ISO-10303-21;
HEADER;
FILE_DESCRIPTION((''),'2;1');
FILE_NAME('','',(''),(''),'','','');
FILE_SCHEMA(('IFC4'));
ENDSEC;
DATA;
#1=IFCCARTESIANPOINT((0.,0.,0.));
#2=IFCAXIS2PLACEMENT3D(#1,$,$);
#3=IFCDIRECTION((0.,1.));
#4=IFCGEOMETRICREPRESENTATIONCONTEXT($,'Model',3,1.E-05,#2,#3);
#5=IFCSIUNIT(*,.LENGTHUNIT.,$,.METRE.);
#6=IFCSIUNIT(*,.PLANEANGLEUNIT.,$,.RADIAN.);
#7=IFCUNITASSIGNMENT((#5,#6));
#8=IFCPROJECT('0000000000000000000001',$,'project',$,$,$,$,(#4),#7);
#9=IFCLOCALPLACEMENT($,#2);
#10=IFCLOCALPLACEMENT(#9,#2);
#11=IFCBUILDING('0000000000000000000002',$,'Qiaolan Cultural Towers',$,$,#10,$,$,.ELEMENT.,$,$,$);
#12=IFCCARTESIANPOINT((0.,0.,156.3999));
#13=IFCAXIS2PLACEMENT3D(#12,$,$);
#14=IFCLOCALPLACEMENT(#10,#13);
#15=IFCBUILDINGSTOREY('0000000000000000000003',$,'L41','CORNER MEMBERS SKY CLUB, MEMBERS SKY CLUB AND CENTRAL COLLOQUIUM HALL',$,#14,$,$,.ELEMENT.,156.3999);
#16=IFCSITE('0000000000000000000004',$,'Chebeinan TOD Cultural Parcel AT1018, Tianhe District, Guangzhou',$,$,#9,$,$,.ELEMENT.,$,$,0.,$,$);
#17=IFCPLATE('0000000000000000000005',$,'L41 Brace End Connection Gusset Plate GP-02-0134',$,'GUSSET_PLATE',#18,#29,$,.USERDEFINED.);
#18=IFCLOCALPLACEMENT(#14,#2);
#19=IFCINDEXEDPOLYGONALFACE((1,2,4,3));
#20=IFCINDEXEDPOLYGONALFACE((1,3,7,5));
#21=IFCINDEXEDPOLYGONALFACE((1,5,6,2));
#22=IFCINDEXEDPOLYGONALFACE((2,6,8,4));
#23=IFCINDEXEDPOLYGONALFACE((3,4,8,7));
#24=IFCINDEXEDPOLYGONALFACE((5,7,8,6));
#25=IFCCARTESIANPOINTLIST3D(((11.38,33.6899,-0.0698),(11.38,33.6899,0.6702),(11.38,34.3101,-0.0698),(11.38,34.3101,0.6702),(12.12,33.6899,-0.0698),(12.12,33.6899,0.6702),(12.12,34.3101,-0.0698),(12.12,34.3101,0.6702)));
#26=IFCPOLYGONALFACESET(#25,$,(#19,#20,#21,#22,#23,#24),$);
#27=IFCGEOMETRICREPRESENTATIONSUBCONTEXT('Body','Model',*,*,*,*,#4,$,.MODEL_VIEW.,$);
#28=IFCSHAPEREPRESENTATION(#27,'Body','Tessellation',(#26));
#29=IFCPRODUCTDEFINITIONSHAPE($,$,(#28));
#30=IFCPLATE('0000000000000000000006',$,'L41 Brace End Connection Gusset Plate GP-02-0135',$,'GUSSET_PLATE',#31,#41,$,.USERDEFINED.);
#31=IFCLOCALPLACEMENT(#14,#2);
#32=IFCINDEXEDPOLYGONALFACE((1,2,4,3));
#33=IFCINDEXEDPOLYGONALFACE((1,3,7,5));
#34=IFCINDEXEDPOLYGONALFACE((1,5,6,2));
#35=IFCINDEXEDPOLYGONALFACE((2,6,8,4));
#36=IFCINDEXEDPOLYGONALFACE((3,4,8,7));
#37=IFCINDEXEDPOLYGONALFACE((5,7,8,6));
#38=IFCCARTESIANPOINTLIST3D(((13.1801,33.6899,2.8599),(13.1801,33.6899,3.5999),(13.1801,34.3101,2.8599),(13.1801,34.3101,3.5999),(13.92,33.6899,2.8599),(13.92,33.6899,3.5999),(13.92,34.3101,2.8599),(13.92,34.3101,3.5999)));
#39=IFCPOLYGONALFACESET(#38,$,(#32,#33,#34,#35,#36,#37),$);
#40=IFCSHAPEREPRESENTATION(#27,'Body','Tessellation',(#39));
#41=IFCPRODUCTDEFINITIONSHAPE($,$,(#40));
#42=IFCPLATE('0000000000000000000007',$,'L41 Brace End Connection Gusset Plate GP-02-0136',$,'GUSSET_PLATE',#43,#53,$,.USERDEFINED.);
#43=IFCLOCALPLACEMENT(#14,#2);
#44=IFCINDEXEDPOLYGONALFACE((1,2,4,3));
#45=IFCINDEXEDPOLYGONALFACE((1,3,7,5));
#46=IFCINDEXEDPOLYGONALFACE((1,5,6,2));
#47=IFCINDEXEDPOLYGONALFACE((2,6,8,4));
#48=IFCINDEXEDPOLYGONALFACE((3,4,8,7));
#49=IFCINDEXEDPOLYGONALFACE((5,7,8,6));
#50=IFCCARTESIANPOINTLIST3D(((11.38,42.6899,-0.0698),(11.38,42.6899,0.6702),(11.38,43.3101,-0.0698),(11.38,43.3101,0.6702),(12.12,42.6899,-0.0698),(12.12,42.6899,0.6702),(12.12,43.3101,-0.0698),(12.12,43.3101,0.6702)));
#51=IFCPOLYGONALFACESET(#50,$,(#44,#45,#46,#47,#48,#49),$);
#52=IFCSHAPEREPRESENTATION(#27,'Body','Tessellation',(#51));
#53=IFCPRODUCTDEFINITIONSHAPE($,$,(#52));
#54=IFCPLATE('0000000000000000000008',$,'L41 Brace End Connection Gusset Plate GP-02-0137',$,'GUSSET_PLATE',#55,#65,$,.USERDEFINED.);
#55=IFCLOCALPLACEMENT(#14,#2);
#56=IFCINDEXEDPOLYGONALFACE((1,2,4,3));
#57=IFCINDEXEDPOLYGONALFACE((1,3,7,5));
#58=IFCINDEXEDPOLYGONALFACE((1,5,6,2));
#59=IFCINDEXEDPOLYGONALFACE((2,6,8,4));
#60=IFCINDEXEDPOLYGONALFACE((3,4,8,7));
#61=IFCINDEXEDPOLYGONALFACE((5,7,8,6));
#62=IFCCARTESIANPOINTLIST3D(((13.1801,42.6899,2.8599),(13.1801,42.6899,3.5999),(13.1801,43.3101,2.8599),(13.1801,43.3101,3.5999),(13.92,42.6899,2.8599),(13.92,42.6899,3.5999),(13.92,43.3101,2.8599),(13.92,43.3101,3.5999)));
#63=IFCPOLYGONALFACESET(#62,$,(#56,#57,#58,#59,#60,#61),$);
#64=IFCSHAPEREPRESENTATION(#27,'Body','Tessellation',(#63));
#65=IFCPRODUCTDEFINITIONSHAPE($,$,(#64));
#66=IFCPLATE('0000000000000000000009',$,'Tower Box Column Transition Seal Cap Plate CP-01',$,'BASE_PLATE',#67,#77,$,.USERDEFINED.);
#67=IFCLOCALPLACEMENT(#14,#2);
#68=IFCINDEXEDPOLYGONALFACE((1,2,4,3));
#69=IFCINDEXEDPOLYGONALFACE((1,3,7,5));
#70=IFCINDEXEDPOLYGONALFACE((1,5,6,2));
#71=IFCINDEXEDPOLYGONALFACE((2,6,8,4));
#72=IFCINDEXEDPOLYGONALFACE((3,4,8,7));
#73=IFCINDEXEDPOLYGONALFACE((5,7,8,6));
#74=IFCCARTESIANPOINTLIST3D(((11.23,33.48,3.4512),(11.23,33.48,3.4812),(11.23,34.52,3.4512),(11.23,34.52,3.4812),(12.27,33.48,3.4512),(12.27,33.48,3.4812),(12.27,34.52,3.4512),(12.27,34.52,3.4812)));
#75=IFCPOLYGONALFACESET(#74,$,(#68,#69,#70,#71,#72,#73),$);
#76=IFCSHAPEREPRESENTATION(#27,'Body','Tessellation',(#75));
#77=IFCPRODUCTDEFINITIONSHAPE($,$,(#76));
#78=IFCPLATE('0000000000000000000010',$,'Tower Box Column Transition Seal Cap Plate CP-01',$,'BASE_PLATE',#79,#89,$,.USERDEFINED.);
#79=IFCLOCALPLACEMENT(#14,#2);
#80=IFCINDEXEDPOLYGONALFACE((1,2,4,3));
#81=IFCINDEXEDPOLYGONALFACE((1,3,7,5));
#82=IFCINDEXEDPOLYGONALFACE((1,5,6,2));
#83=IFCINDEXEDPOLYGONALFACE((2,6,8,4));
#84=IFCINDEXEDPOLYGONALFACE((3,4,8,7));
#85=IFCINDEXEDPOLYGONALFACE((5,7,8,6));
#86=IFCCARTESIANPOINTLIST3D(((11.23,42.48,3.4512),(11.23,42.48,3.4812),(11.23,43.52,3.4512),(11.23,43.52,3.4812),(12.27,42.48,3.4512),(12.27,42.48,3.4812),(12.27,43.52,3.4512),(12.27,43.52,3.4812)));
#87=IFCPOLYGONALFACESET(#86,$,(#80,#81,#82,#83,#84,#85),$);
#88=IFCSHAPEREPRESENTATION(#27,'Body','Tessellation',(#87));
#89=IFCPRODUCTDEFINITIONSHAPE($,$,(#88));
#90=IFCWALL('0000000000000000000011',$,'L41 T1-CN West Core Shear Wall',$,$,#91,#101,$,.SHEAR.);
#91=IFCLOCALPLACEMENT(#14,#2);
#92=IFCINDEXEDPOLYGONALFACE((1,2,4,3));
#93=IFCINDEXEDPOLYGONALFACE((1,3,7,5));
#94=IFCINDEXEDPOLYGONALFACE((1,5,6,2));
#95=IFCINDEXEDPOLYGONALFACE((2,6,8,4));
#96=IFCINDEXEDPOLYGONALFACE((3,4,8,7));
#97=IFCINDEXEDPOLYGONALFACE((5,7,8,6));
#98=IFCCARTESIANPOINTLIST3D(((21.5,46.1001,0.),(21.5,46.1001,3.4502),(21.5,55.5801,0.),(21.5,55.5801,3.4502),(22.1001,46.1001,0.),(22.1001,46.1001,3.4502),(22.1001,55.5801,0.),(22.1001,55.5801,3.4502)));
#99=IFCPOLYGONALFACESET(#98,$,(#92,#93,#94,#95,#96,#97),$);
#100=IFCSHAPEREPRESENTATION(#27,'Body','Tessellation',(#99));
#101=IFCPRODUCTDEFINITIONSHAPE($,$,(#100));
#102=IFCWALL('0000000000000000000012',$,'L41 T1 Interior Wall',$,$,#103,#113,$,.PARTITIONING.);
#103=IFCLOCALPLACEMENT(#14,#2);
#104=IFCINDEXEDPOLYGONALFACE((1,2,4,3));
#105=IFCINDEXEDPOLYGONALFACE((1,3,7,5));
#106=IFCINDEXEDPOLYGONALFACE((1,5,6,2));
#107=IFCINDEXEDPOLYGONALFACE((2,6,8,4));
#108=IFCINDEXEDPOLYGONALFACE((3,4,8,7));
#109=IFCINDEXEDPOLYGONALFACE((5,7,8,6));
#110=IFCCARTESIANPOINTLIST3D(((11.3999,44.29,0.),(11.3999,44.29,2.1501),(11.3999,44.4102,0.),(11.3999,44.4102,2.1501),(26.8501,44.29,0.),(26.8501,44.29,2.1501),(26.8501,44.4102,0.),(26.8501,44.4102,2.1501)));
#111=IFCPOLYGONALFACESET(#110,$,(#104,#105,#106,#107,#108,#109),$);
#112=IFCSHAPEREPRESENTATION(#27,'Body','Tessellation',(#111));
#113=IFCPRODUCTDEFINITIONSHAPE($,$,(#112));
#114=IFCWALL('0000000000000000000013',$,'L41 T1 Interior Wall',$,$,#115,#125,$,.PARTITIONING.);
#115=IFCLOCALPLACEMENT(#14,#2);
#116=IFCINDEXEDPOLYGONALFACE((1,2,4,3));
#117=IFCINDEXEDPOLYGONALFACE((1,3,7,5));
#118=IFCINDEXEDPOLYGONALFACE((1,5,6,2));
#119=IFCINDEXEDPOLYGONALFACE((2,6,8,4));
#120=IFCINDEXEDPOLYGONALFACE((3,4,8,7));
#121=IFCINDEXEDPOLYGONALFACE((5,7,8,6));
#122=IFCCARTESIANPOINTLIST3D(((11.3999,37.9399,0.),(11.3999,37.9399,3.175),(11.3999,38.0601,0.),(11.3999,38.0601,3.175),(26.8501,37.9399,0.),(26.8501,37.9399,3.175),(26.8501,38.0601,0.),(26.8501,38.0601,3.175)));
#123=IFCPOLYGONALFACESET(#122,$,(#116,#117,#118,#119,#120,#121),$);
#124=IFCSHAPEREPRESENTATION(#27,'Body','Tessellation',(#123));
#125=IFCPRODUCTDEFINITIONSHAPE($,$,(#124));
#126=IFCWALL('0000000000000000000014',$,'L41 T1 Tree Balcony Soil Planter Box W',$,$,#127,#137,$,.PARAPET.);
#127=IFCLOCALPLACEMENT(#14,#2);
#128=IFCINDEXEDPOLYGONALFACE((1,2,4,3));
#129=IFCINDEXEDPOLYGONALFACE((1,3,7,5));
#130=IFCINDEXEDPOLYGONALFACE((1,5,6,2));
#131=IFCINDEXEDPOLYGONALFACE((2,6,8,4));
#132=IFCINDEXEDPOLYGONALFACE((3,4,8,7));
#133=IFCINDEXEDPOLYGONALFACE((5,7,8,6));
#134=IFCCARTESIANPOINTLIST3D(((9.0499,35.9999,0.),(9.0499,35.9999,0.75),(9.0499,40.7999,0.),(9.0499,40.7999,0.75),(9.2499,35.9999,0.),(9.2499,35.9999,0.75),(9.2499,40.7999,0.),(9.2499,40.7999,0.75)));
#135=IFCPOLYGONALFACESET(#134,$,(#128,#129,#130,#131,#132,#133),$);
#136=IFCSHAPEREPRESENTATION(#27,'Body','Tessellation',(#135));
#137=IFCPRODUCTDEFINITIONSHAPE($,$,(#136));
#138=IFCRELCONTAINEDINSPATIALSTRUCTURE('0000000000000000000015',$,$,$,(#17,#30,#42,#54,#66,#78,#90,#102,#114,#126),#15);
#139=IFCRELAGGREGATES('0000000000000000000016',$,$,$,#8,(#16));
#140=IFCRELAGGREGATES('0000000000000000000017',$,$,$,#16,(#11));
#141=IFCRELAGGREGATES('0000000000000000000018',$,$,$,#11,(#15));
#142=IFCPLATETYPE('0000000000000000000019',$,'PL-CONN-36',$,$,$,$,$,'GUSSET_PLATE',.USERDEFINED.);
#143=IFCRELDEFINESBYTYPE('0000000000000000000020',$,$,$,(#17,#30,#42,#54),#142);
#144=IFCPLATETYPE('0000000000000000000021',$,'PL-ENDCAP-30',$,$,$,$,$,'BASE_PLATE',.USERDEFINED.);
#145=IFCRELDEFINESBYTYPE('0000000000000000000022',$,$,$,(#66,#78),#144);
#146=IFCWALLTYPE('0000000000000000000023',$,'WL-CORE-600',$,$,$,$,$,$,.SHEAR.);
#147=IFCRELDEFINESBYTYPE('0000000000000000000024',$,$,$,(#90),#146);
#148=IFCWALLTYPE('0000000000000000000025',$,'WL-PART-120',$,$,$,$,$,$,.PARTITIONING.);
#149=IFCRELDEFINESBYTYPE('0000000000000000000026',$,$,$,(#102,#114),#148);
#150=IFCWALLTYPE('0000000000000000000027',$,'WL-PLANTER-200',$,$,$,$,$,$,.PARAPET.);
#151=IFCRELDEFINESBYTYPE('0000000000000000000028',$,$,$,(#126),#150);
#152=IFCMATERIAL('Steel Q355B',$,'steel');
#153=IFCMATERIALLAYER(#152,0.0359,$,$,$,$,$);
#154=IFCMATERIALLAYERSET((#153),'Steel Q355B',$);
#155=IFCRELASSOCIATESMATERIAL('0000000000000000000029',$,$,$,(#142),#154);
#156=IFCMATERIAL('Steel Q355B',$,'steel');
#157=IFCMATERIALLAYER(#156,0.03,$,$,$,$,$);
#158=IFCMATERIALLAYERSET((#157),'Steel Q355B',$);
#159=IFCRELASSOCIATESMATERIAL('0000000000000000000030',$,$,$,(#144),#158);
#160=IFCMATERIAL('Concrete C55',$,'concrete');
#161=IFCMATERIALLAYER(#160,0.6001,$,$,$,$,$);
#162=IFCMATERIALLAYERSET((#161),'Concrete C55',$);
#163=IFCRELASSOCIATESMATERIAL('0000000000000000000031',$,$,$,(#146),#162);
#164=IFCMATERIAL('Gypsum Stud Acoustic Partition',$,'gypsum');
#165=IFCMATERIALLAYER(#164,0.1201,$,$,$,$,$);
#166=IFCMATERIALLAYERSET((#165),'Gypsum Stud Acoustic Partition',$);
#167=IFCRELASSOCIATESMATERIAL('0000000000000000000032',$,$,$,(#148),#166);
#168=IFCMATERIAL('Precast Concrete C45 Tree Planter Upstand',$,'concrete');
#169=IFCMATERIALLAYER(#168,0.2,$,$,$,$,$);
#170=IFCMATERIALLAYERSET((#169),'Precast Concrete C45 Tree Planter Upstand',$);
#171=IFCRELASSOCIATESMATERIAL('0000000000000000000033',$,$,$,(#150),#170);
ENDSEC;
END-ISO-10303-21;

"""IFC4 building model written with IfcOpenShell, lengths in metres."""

from ifc_helpers import new_model, si_unit, direction, frame, frame_2d, origin, origin_2d, place, context, subcontext, project, spatial, rectangle, extrude, material, layer, layer_set, type_object, element, save


model = new_model("IFC4")

# Units and contexts
model_context = context("Model", 3, precision=1e-05, world=origin(), true_north=direction((0.0, 1.0)))
body_context = subcontext(model_context, "Body", "Model", "MODEL_VIEW")
ifc_project = project(units=[si_unit("LENGTHUNIT", "METRE"), si_unit("PLANEANGLEUNIT", "RADIAN")], contexts=[model_context])

# Site, building, storey
site_placement = place(None, origin())
site = spatial("IfcSite", under=ifc_project, at=site_placement, Name="Chebeinan TOD Cultural Parcel AT1018, Tianhe District, Guangzhou", CompositionType="ELEMENT", RefElevation=0.0)
building_placement = place(site_placement, origin())
building = spatial("IfcBuilding", under=site, at=building_placement, Name="Qiaolan Cultural Towers", CompositionType="ELEMENT")
storey_placement = place(building_placement, frame((0.0, 0.0, 156.3999)))
storey = spatial("IfcBuildingStorey", under=building, at=storey_placement, Name="L41", Description="CORNER MEMBERS SKY CLUB, MEMBERS SKY CLUB AND CENTRAL COLLOQUIUM HALL", CompositionType="ELEMENT", Elevation=156.3999)

# Plates
ifc_material_1 = material(Name="Steel Q355B", Category="steel")
ifc_layer_1 = layer(ifc_material_1, 0.0359)
ifc_layer_set_1 = layer_set([ifc_layer_1], Name="Steel Q355B")
plate_type_1 = type_object("IfcPlateType", Name="PL-CONN-36", ElementType="GUSSET_PLATE", PredefinedType="USERDEFINED", material=ifc_layer_set_1)
for number, where, z_axis, x_axis, name in (
    (1, (11.75, 34.0, -0.0698), (0.0, 0.0, 1.0), (1.0, 0.0, 0.0), "L41 Brace End Connection Gusset Plate GP-02-0134"),
    (2, (13.55, 34.0, 2.8599), (0.0, 0.0, 1.0), (1.0, 0.0, 0.0), "L41 Brace End Connection Gusset Plate GP-02-0135"),
    (3, (11.75, 43.0, -0.0698), (0.0, 0.0, 1.0), (1.0, 0.0, 0.0), "L41 Brace End Connection Gusset Plate GP-02-0136"),
    (4, (13.55, 43.0, 2.8599), (0.0, 0.0, 1.0), (1.0, 0.0, 0.0), "L41 Brace End Connection Gusset Plate GP-02-0137"),
):
    element("IfcPlate", number, at=place(storey_placement, frame(where, z_axis=z_axis, x_axis=x_axis)), inside=storey, type_object=plate_type_1, Name=name, ObjectType="GUSSET_PLATE", PredefinedType="USERDEFINED", context=body_context, shape_type="SweptSolid", body=[
        extrude(rectangle(XDim=0.74, YDim=0.6201, at=origin_2d()), origin(), (0.0, 0.0, 1.0), 0.74),
    ])
ifc_material_2 = material(Name="Steel Q355B", Category="steel")
ifc_layer_2 = layer(ifc_material_2, 0.03)
ifc_layer_set_2 = layer_set([ifc_layer_2], Name="Steel Q355B")
plate_type_2 = type_object("IfcPlateType", Name="PL-ENDCAP-30", ElementType="BASE_PLATE", PredefinedType="USERDEFINED", material=ifc_layer_set_2)
for number, where, z_axis, x_axis, name in (
    (5, (11.75, 34.0, 3.4512), (0.0, 0.0, 1.0), (1.0, 0.0, 0.0), "Tower Box Column Transition Seal Cap Plate CP-01"),
    (6, (11.75, 43.0, 3.4512), (0.0, 0.0, 1.0), (1.0, 0.0, 0.0), "Tower Box Column Transition Seal Cap Plate CP-01"),
):
    element("IfcPlate", number, at=place(storey_placement, frame(where, z_axis=z_axis, x_axis=x_axis)), inside=storey, type_object=plate_type_2, Name=name, ObjectType="BASE_PLATE", PredefinedType="USERDEFINED", context=body_context, shape_type="SweptSolid", body=[
        extrude(rectangle(XDim=1.04, YDim=1.04, at=origin_2d()), origin(), (0.0, 0.0, 1.0), 0.03),
    ])

# Walls
ifc_material_3 = material(Name="Concrete C55", Category="concrete")
ifc_layer_3 = layer(ifc_material_3, 0.6001)
ifc_layer_set_3 = layer_set([ifc_layer_3], Name="Concrete C55")
wall_type_1 = type_object("IfcWallType", Name="WL-CORE-600", PredefinedType="SHEAR", material=ifc_layer_set_3)
wall_1_placement = place(storey_placement, frame((21.8, 46.1001, 0.0), z_axis=(0.0, 0.0, 1.0), x_axis=(0.0, 1.0, 0.0)))
element("IfcWall", 7, at=wall_1_placement, inside=storey, type_object=wall_type_1, Name="L41 T1-CN West Core Shear Wall", PredefinedType="SHEAR", context=body_context, shape_type="SweptSolid", body=[
    extrude(rectangle(XDim=9.48, YDim=0.6001, at=frame_2d((4.74, 0.0))), origin(), (0.0, 0.0, 1.0), 3.4502),
])
ifc_material_4 = material(Name="Gypsum Stud Acoustic Partition", Category="gypsum")
ifc_layer_4 = layer(ifc_material_4, 0.1201)
ifc_layer_set_4 = layer_set([ifc_layer_4], Name="Gypsum Stud Acoustic Partition")
wall_type_2 = type_object("IfcWallType", Name="WL-PART-120", PredefinedType="PARTITIONING", material=ifc_layer_set_4)
wall_2_placement = place(storey_placement, frame((11.3999, 44.3501, 0.0), z_axis=(0.0, 0.0, 1.0), x_axis=(1.0, 0.0, 0.0)))
element("IfcWall", 8, at=wall_2_placement, inside=storey, type_object=wall_type_2, Name="L41 T1 Interior Wall", PredefinedType="PARTITIONING", context=body_context, shape_type="SweptSolid", body=[
    extrude(rectangle(XDim=15.4502, YDim=0.1201, at=frame_2d((7.7251, 0.0))), origin(), (0.0, 0.0, 1.0), 2.1501),
])
wall_3_placement = place(storey_placement, frame((11.3999, 38.0, 0.0), z_axis=(0.0, 0.0, 1.0), x_axis=(1.0, 0.0, 0.0)))
element("IfcWall", 9, at=wall_3_placement, inside=storey, type_object=wall_type_2, Name="L41 T1 Interior Wall", PredefinedType="PARTITIONING", context=body_context, shape_type="SweptSolid", body=[
    extrude(rectangle(XDim=15.4502, YDim=0.1201, at=frame_2d((7.7251, 0.0))), origin(), (0.0, 0.0, 1.0), 3.175),
])
ifc_material_5 = material(Name="Precast Concrete C45 Tree Planter Upstand", Category="concrete")
ifc_layer_5 = layer(ifc_material_5, 0.2)
ifc_layer_set_5 = layer_set([ifc_layer_5], Name="Precast Concrete C45 Tree Planter Upstand")
wall_type_3 = type_object("IfcWallType", Name="WL-PLANTER-200", PredefinedType="PARAPET", material=ifc_layer_set_5)
wall_4_placement = place(storey_placement, frame((9.1499, 36.0, 0.0), z_axis=(0.0, 0.0, 1.0), x_axis=(0.0, 1.0, 0.0)))
element("IfcWall", 10, at=wall_4_placement, inside=storey, type_object=wall_type_3, Name="L41 T1 Tree Balcony Soil Planter Box W", PredefinedType="PARAPET", context=body_context, shape_type="SweptSolid", body=[
    extrude(rectangle(XDim=4.8, YDim=0.2, at=frame_2d((2.3999, 0.0))), origin(), (0.0, 0.0, 1.0), 0.75),
])

save(model, "model.ifc")
